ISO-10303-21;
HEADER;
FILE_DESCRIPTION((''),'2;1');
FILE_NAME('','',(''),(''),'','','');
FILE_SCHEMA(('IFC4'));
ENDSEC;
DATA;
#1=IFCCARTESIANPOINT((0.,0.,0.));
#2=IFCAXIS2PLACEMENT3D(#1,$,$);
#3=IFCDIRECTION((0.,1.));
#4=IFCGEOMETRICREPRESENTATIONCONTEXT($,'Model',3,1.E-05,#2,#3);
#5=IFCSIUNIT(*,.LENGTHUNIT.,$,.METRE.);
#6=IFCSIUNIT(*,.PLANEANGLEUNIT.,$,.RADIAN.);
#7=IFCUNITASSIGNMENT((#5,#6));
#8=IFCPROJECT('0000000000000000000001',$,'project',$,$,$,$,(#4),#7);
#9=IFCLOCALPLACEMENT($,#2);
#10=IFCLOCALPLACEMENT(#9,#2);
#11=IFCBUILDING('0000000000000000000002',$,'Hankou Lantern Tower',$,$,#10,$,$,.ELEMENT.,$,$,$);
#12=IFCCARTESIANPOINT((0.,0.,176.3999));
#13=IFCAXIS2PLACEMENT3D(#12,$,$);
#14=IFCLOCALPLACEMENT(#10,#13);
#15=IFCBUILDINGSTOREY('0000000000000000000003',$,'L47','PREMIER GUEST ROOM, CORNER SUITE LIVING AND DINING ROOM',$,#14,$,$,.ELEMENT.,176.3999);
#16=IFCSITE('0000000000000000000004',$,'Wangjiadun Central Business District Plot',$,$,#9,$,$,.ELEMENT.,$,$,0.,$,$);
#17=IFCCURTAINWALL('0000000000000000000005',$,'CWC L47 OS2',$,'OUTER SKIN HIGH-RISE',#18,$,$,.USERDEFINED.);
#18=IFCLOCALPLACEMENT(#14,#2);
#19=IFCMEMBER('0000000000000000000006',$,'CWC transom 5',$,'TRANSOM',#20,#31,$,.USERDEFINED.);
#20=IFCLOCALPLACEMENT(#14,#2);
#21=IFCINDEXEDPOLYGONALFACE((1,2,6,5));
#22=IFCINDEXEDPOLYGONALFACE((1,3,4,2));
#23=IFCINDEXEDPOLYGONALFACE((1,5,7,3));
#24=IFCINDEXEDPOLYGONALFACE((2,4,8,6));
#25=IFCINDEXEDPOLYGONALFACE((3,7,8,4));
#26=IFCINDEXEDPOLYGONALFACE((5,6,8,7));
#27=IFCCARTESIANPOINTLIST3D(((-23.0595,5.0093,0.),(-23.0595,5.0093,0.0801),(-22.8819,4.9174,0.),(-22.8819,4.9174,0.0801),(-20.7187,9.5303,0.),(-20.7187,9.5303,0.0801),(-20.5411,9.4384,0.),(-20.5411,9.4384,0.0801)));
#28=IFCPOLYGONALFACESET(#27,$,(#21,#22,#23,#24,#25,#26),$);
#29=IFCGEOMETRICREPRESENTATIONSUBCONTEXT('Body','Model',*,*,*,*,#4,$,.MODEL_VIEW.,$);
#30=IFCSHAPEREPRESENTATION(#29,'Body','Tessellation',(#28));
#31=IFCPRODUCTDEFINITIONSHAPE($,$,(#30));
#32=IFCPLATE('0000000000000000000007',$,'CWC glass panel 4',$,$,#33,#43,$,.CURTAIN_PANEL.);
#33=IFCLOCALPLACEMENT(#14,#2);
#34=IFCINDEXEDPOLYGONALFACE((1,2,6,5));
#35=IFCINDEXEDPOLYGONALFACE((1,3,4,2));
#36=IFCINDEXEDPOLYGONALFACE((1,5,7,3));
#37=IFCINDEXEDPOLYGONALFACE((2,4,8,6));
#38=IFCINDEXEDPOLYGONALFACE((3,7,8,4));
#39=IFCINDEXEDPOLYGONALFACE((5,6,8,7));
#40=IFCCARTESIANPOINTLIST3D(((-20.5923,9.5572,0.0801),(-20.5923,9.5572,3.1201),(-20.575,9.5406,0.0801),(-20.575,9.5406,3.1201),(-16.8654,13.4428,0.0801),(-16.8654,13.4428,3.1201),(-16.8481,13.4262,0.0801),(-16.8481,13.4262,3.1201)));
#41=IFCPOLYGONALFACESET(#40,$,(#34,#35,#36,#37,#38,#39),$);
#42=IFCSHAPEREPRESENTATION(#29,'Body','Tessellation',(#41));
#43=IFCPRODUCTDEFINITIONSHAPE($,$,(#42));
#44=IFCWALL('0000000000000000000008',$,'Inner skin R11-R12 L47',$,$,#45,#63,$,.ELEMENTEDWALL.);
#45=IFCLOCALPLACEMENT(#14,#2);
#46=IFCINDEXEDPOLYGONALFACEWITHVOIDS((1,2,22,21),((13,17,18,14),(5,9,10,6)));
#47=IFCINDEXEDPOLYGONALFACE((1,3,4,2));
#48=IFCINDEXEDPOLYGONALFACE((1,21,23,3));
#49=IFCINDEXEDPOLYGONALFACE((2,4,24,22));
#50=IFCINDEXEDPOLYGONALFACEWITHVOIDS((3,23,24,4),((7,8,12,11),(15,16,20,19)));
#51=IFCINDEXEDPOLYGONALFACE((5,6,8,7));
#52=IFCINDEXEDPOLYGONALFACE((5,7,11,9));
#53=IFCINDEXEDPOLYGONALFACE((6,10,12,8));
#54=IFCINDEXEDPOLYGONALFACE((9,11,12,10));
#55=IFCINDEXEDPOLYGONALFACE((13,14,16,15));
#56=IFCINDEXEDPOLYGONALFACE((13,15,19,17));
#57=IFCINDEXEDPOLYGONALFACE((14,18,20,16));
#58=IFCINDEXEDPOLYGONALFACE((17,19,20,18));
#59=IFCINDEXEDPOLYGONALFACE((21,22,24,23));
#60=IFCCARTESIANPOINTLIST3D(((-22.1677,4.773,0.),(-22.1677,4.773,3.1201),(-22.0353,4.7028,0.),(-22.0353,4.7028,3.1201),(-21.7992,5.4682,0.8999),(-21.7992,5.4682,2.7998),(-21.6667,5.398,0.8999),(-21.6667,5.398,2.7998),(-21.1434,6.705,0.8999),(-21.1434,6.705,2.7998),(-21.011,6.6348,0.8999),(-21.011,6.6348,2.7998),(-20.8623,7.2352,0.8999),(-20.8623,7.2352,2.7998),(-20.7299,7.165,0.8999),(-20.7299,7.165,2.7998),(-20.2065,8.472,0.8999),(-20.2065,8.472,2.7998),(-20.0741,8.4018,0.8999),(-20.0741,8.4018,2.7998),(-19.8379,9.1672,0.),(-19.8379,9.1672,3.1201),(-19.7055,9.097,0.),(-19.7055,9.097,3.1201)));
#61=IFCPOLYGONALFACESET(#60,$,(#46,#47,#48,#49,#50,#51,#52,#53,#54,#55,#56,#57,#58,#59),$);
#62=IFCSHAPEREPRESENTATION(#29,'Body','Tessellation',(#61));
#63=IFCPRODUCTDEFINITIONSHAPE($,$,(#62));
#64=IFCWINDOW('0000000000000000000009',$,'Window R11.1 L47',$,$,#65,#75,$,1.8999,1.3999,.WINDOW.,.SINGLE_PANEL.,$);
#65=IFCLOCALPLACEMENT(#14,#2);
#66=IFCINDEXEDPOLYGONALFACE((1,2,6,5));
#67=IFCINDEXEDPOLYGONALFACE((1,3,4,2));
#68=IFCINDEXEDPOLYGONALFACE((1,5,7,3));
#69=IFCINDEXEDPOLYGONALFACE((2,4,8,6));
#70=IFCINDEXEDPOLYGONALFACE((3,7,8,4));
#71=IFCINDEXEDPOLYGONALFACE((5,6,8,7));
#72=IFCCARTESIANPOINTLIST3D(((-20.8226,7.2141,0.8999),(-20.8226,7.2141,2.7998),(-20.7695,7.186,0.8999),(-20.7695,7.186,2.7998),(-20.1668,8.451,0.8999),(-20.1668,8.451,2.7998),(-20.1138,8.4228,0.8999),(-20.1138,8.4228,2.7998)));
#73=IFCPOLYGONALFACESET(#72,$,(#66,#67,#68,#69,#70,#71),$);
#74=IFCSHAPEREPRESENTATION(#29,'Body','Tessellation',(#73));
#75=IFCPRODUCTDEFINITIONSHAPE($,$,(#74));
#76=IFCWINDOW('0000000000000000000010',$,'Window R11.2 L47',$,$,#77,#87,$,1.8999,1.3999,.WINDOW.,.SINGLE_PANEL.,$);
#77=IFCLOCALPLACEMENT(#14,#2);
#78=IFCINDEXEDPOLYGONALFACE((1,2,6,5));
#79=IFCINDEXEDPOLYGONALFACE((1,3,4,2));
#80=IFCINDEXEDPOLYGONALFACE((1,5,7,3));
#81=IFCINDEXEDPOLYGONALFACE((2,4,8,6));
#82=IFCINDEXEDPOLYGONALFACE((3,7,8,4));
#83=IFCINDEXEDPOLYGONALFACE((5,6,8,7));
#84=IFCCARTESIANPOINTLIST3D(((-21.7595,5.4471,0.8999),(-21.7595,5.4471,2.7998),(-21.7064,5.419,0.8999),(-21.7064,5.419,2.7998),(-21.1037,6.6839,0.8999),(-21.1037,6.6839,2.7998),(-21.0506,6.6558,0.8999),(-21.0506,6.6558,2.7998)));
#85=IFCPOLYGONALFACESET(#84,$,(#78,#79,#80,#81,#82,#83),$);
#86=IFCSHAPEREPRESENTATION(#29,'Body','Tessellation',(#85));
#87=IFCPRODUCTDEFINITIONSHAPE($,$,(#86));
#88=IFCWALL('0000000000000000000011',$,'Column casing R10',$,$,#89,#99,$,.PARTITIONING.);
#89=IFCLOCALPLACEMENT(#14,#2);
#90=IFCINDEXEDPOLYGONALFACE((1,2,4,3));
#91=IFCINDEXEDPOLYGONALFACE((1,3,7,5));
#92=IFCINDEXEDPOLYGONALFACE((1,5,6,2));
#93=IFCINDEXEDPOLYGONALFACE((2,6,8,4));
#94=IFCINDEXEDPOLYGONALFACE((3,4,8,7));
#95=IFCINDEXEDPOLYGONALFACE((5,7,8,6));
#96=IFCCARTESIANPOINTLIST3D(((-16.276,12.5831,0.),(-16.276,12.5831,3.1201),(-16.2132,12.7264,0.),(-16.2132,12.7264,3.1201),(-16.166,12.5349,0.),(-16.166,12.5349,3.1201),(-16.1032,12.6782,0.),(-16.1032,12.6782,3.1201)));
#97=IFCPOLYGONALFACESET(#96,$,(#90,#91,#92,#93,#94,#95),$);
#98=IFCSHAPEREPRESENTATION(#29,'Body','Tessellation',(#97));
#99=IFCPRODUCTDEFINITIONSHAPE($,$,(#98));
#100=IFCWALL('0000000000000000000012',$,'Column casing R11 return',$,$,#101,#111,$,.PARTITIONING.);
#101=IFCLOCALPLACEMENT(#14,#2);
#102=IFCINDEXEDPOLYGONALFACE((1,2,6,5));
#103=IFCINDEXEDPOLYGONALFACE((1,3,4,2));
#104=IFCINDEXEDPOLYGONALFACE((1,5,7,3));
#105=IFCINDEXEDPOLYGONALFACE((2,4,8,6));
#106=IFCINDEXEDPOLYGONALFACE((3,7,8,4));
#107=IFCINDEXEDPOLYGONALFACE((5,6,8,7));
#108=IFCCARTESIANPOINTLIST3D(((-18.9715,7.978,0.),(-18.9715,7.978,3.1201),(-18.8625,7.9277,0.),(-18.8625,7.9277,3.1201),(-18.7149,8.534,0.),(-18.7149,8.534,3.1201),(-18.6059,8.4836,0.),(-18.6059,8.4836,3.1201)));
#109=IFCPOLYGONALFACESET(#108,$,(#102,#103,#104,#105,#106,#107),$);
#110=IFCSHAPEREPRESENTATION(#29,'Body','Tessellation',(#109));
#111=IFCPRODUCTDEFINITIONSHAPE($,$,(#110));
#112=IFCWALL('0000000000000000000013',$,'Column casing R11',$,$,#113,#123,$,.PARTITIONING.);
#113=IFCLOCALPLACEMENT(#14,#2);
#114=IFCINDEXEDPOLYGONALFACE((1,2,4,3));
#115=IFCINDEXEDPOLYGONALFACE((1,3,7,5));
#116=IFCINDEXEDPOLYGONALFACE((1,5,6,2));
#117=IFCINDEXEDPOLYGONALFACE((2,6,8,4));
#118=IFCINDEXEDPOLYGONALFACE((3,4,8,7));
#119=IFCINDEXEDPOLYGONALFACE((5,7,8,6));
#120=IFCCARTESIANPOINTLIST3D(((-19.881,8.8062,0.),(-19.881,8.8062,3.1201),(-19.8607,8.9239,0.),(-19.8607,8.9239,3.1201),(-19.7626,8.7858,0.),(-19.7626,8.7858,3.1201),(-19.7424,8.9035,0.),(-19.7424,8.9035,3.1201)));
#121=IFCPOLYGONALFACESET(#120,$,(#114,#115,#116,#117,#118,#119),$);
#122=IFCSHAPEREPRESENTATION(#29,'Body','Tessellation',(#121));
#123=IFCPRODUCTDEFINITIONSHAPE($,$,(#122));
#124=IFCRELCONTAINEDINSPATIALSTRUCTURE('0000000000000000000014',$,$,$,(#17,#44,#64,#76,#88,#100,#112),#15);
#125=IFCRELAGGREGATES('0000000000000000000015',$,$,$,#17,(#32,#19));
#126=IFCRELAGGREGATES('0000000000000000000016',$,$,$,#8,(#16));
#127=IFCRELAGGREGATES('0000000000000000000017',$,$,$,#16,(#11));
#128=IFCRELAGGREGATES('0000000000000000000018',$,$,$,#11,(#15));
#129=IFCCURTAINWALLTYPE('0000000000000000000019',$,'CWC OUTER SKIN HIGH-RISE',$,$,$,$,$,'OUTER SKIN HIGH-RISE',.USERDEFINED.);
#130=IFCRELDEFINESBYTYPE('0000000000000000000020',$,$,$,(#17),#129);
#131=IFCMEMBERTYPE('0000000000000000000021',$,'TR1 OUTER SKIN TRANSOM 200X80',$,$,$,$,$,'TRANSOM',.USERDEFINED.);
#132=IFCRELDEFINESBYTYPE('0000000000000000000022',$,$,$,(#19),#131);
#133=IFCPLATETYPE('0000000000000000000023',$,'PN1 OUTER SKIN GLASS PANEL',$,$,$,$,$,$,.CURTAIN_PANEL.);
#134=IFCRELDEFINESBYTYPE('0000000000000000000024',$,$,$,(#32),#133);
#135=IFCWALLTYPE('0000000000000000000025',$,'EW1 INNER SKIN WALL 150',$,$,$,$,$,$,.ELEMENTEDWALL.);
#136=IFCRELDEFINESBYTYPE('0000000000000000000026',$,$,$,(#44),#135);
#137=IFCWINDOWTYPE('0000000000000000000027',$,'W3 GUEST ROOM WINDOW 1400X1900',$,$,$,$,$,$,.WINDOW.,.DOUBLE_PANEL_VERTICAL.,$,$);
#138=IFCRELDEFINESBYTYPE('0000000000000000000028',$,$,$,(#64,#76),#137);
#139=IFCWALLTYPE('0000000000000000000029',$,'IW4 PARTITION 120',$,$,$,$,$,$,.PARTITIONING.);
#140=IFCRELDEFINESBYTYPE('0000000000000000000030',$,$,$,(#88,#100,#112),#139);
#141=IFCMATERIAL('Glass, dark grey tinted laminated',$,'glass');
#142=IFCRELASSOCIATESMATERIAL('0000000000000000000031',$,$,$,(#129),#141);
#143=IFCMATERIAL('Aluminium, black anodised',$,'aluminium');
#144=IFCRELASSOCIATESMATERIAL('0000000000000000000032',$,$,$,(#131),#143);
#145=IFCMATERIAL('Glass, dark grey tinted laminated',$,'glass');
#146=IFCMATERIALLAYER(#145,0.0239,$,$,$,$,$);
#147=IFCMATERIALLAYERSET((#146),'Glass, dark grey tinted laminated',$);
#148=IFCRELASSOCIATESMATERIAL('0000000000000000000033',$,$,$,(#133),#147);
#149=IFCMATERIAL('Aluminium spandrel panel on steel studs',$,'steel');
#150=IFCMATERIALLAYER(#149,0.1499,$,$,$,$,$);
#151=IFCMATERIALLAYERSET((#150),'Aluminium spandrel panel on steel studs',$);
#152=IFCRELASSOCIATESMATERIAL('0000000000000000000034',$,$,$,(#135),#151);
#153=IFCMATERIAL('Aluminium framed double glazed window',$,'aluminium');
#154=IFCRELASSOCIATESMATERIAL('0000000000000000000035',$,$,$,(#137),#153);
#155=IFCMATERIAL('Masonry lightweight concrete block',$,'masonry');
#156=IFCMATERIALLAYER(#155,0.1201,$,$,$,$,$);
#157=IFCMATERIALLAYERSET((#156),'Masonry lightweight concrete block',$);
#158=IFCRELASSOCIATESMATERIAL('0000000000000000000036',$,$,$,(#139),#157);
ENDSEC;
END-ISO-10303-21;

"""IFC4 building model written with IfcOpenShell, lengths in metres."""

from ifc_helpers import new_model, si_unit, direction, frame, frame_2d, origin, origin_2d, place, context, subcontext, project, spatial, rectangle, extrude, material, layer, layer_set, material_profile, profile_set, type_object, element, fill, aggregate, save


model = new_model("IFC4")

# Units and contexts
model_context = context("Model", 3, precision=1e-05, world=origin(), true_north=direction((0.0, 1.0)))
body_context = subcontext(model_context, "Body", "Model", "MODEL_VIEW")
ifc_project = project(units=[si_unit("LENGTHUNIT", "METRE"), si_unit("PLANEANGLEUNIT", "RADIAN")], contexts=[model_context])

# Site, building, storey
site_placement = place(None, origin())
site = spatial("IfcSite", under=ifc_project, at=site_placement, Name="Wangjiadun Central Business District Plot", CompositionType="ELEMENT", RefElevation=0.0)
building_placement = place(site_placement, origin())
building = spatial("IfcBuilding", under=site, at=building_placement, Name="Hankou Lantern Tower", CompositionType="ELEMENT")
storey_placement = place(building_placement, frame((0.0, 0.0, 176.3999)))
storey = spatial("IfcBuildingStorey", under=building, at=storey_placement, Name="L47", Description="PREMIER GUEST ROOM, CORNER SUITE LIVING AND DINING ROOM", CompositionType="ELEMENT", Elevation=176.3999)

# Curtain wall
ifc_material_1 = material(Name="Glass, dark grey tinted laminated", Category="glass")
curtain_wall_type = type_object("IfcCurtainWallType", Name="CWC OUTER SKIN HIGH-RISE", ElementType="OUTER SKIN HIGH-RISE", PredefinedType="USERDEFINED", material=ifc_material_1)
curtain_wall_placement = place(storey_placement, origin())
curtain_wall = element("IfcCurtainWall", 1, at=curtain_wall_placement, inside=storey, type_object=curtain_wall_type, Name="CWC L47 OS2", ObjectType="OUTER SKIN HIGH-RISE", PredefinedType="USERDEFINED")

# Member
ifc_material_2 = material(Name="Aluminium, black anodised", Category="aluminium")
ifc_material_profile_1 = material_profile(ifc_material_2, rectangle(XDim=0.2, YDim=0.0801, at=origin_2d()), Name="TR1 200X80")
ifc_profile_set_1 = profile_set([ifc_material_profile_1], Name="Aluminium, black anodised")
member_type_1 = type_object("IfcMemberType", Name="TR1 OUTER SKIN TRANSOM 200X80", ElementType="TRANSOM", PredefinedType="USERDEFINED", material=ifc_profile_set_1)
member_1_placement = place(storey_placement, frame((-20.6299, 9.4844, 0.04), z_axis=(-0.459791, -0.888027, 0.0), x_axis=(0.888027, -0.459791, 0.0)))
member_1 = element("IfcMember", 2, at=member_1_placement, type_object=member_type_1, Name="CWC transom 5", ObjectType="TRANSOM", PredefinedType="USERDEFINED", context=body_context, shape_type="SweptSolid", body=[
    extrude(rectangle(XDim=0.2, YDim=0.0801, at=origin_2d()), origin(), (0.0, 0.0, 1.0), 5.0911),
])

# Plate
ifc_material_3 = material(Name="Glass, dark grey tinted laminated", Category="glass")
ifc_layer_1 = layer(ifc_material_3, 0.0239)
ifc_layer_set_1 = layer_set([ifc_layer_1], Name="Glass, dark grey tinted laminated")
plate_type = type_object("IfcPlateType", Name="PN1 OUTER SKIN GLASS PANEL", PredefinedType="CURTAIN_PANEL", material=ifc_layer_set_1)
plate_placement = place(storey_placement, frame((-18.7202, 11.4917, 0.0801), z_axis=(0.0, 0.0, 1.0), x_axis=(-0.692216, -0.721691, 0.0)))
plate = element("IfcPlate", 3, at=plate_placement, type_object=plate_type, Name="CWC glass panel 4", PredefinedType="CURTAIN_PANEL", context=body_context, shape_type="SweptSolid", body=[
    extrude(rectangle(XDim=5.384, YDim=0.0239, at=origin_2d()), origin(), (0.0, 0.0, 1.0), 3.04),
])
aggregate(curtain_wall, [plate, member_1])

# Wall, openings, windows
ifc_material_4 = material(Name="Aluminium spandrel panel on steel studs", Category="steel")
ifc_layer_2 = layer(ifc_material_4, 0.1499)
ifc_layer_set_2 = layer_set([ifc_layer_2], Name="Aluminium spandrel panel on steel studs")
wall_type_1 = type_object("IfcWallType", Name="EW1 INNER SKIN WALL 150", PredefinedType="ELEMENTEDWALL", material=ifc_layer_set_2)
wall_1_placement = place(storey_placement, frame((-19.7717, 9.1321, 0.0), z_axis=(0.0, 0.0, 1.0), x_axis=(-0.468429, -0.883501, 0.0)))
wall_1 = element("IfcWall", 4, at=wall_1_placement, inside=storey, type_object=wall_type_1, Name="Inner skin R11-R12 L47", PredefinedType="ELEMENTEDWALL", context=body_context, shape_type="SweptSolid", body=[
    extrude(rectangle(XDim=4.9736, YDim=0.1499, at=frame_2d((2.4868, 0.0))), origin(), (0.0, 0.0, 1.0), 3.1201),
])
opening_1_placement = place(wall_1_placement, frame((0.7869, 0.0, 0.8999)))
opening_1 = element("IfcOpeningElement", 5, at=opening_1_placement, cuts=wall_1, PredefinedType="OPENING", context=body_context, shape_type="SweptSolid", body=[
    extrude(rectangle(XDim=1.3999, YDim=1.8999, at=frame_2d((0.7, 0.95))), frame((0.0, 0.085, 0.0), z_axis=(0.0, -1.0, 0.0), x_axis=(1.0, 0.0, 0.0)), (0.0, 0.0, 1.0), 0.1699),
])
opening_2_placement = place(wall_1_placement, frame((2.7869, 0.0, 0.8999)))
opening_2 = element("IfcOpeningElement", 6, at=opening_2_placement, cuts=wall_1, PredefinedType="OPENING", context=body_context, shape_type="SweptSolid", body=[
    extrude(rectangle(XDim=1.3999, YDim=1.8999, at=frame_2d((0.7, 0.95))), frame((0.0, 0.085, 0.0), z_axis=(0.0, -1.0, 0.0), x_axis=(1.0, 0.0, 0.0)), (0.0, 0.0, 1.0), 0.1699),
])
ifc_material_5 = material(Name="Aluminium framed double glazed window", Category="aluminium")
window_type = type_object("IfcWindowType", Name="W3 GUEST ROOM WINDOW 1400X1900", PartitioningType="DOUBLE_PANEL_VERTICAL", PredefinedType="WINDOW", material=ifc_material_5)
window_1_placement = place(opening_1_placement, origin())
window_1 = element("IfcWindow", 7, at=window_1_placement, inside=storey, type_object=window_type, Name="Window R11.1 L47", OverallHeight=1.8999, OverallWidth=1.3999, PartitioningType="SINGLE_PANEL", PredefinedType="WINDOW", context=body_context, shape_type="SweptSolid", body=[
    extrude(rectangle(XDim=1.3999, YDim=1.8999, at=frame_2d((0.7, 0.95))), frame((0.0, 0.03, 0.0), z_axis=(0.0, -1.0, 0.0), x_axis=(1.0, 0.0, 0.0)), (0.0, 0.0, 1.0), 0.0601),
])
fill(opening_1, window_1)
window_2_placement = place(opening_2_placement, origin())
window_2 = element("IfcWindow", 8, at=window_2_placement, inside=storey, type_object=window_type, Name="Window R11.2 L47", OverallHeight=1.8999, OverallWidth=1.3999, PartitioningType="SINGLE_PANEL", PredefinedType="WINDOW", context=body_context, shape_type="SweptSolid", body=[
    extrude(rectangle(XDim=1.3999, YDim=1.8999, at=frame_2d((0.7, 0.95))), frame((0.0, 0.03, 0.0), z_axis=(0.0, -1.0, 0.0), x_axis=(1.0, 0.0, 0.0)), (0.0, 0.0, 1.0), 0.0601),
])
fill(opening_2, window_2)

# Walls
ifc_material_6 = material(Name="Masonry lightweight concrete block", Category="masonry")
ifc_layer_3 = layer(ifc_material_6, 0.1201)
ifc_layer_set_3 = layer_set([ifc_layer_3], Name="Masonry lightweight concrete block")
wall_type_2 = type_object("IfcWallType", Name="IW4 PARTITION 120", PredefinedType="PARTITIONING", material=ifc_layer_set_3)
wall_2_placement = place(storey_placement, frame((-16.2209, 12.5591, 0.0), z_axis=(0.0, 0.0, 1.0), x_axis=(0.401064, 0.91605, 0.0)))
element("IfcWall", 9, at=wall_2_placement, inside=storey, type_object=wall_type_2, Name="Column casing R10", PredefinedType="PARTITIONING", context=body_context, shape_type="SweptSolid", body=[
    extrude(rectangle(XDim=0.1565, YDim=0.1201, at=frame_2d((0.0781, 0.0))), origin(), (0.0, 0.0, 1.0), 3.1201),
])
wall_3_placement = place(storey_placement, frame((-18.6604, 8.5088, 0.0), z_axis=(0.0, 0.0, 1.0), x_axis=(-0.419083, -0.907948, 0.0)))
element("IfcWall", 10, at=wall_3_placement, inside=storey, type_object=wall_type_2, Name="Column casing R11 return", PredefinedType="PARTITIONING", context=body_context, shape_type="SweptSolid", body=[
    extrude(rectangle(XDim=0.6123, YDim=0.1201, at=frame_2d((0.3062, 0.0))), origin(), (0.0, 0.0, 1.0), 3.1201),
])
wall_4_placement = place(storey_placement, frame((-19.8218, 8.7961, 0.0), z_axis=(0.0, 0.0, 1.0), x_axis=(0.169702, 0.985496, 0.0)))
element("IfcWall", 11, at=wall_4_placement, inside=storey, type_object=wall_type_2, Name="Column casing R11", PredefinedType="PARTITIONING", context=body_context, shape_type="SweptSolid", body=[
    extrude(rectangle(XDim=0.1194, YDim=0.1201, at=frame_2d((0.0596, 0.0))), origin(), (0.0, 0.0, 1.0), 3.1201),
])

save(model, "model.ifc")
